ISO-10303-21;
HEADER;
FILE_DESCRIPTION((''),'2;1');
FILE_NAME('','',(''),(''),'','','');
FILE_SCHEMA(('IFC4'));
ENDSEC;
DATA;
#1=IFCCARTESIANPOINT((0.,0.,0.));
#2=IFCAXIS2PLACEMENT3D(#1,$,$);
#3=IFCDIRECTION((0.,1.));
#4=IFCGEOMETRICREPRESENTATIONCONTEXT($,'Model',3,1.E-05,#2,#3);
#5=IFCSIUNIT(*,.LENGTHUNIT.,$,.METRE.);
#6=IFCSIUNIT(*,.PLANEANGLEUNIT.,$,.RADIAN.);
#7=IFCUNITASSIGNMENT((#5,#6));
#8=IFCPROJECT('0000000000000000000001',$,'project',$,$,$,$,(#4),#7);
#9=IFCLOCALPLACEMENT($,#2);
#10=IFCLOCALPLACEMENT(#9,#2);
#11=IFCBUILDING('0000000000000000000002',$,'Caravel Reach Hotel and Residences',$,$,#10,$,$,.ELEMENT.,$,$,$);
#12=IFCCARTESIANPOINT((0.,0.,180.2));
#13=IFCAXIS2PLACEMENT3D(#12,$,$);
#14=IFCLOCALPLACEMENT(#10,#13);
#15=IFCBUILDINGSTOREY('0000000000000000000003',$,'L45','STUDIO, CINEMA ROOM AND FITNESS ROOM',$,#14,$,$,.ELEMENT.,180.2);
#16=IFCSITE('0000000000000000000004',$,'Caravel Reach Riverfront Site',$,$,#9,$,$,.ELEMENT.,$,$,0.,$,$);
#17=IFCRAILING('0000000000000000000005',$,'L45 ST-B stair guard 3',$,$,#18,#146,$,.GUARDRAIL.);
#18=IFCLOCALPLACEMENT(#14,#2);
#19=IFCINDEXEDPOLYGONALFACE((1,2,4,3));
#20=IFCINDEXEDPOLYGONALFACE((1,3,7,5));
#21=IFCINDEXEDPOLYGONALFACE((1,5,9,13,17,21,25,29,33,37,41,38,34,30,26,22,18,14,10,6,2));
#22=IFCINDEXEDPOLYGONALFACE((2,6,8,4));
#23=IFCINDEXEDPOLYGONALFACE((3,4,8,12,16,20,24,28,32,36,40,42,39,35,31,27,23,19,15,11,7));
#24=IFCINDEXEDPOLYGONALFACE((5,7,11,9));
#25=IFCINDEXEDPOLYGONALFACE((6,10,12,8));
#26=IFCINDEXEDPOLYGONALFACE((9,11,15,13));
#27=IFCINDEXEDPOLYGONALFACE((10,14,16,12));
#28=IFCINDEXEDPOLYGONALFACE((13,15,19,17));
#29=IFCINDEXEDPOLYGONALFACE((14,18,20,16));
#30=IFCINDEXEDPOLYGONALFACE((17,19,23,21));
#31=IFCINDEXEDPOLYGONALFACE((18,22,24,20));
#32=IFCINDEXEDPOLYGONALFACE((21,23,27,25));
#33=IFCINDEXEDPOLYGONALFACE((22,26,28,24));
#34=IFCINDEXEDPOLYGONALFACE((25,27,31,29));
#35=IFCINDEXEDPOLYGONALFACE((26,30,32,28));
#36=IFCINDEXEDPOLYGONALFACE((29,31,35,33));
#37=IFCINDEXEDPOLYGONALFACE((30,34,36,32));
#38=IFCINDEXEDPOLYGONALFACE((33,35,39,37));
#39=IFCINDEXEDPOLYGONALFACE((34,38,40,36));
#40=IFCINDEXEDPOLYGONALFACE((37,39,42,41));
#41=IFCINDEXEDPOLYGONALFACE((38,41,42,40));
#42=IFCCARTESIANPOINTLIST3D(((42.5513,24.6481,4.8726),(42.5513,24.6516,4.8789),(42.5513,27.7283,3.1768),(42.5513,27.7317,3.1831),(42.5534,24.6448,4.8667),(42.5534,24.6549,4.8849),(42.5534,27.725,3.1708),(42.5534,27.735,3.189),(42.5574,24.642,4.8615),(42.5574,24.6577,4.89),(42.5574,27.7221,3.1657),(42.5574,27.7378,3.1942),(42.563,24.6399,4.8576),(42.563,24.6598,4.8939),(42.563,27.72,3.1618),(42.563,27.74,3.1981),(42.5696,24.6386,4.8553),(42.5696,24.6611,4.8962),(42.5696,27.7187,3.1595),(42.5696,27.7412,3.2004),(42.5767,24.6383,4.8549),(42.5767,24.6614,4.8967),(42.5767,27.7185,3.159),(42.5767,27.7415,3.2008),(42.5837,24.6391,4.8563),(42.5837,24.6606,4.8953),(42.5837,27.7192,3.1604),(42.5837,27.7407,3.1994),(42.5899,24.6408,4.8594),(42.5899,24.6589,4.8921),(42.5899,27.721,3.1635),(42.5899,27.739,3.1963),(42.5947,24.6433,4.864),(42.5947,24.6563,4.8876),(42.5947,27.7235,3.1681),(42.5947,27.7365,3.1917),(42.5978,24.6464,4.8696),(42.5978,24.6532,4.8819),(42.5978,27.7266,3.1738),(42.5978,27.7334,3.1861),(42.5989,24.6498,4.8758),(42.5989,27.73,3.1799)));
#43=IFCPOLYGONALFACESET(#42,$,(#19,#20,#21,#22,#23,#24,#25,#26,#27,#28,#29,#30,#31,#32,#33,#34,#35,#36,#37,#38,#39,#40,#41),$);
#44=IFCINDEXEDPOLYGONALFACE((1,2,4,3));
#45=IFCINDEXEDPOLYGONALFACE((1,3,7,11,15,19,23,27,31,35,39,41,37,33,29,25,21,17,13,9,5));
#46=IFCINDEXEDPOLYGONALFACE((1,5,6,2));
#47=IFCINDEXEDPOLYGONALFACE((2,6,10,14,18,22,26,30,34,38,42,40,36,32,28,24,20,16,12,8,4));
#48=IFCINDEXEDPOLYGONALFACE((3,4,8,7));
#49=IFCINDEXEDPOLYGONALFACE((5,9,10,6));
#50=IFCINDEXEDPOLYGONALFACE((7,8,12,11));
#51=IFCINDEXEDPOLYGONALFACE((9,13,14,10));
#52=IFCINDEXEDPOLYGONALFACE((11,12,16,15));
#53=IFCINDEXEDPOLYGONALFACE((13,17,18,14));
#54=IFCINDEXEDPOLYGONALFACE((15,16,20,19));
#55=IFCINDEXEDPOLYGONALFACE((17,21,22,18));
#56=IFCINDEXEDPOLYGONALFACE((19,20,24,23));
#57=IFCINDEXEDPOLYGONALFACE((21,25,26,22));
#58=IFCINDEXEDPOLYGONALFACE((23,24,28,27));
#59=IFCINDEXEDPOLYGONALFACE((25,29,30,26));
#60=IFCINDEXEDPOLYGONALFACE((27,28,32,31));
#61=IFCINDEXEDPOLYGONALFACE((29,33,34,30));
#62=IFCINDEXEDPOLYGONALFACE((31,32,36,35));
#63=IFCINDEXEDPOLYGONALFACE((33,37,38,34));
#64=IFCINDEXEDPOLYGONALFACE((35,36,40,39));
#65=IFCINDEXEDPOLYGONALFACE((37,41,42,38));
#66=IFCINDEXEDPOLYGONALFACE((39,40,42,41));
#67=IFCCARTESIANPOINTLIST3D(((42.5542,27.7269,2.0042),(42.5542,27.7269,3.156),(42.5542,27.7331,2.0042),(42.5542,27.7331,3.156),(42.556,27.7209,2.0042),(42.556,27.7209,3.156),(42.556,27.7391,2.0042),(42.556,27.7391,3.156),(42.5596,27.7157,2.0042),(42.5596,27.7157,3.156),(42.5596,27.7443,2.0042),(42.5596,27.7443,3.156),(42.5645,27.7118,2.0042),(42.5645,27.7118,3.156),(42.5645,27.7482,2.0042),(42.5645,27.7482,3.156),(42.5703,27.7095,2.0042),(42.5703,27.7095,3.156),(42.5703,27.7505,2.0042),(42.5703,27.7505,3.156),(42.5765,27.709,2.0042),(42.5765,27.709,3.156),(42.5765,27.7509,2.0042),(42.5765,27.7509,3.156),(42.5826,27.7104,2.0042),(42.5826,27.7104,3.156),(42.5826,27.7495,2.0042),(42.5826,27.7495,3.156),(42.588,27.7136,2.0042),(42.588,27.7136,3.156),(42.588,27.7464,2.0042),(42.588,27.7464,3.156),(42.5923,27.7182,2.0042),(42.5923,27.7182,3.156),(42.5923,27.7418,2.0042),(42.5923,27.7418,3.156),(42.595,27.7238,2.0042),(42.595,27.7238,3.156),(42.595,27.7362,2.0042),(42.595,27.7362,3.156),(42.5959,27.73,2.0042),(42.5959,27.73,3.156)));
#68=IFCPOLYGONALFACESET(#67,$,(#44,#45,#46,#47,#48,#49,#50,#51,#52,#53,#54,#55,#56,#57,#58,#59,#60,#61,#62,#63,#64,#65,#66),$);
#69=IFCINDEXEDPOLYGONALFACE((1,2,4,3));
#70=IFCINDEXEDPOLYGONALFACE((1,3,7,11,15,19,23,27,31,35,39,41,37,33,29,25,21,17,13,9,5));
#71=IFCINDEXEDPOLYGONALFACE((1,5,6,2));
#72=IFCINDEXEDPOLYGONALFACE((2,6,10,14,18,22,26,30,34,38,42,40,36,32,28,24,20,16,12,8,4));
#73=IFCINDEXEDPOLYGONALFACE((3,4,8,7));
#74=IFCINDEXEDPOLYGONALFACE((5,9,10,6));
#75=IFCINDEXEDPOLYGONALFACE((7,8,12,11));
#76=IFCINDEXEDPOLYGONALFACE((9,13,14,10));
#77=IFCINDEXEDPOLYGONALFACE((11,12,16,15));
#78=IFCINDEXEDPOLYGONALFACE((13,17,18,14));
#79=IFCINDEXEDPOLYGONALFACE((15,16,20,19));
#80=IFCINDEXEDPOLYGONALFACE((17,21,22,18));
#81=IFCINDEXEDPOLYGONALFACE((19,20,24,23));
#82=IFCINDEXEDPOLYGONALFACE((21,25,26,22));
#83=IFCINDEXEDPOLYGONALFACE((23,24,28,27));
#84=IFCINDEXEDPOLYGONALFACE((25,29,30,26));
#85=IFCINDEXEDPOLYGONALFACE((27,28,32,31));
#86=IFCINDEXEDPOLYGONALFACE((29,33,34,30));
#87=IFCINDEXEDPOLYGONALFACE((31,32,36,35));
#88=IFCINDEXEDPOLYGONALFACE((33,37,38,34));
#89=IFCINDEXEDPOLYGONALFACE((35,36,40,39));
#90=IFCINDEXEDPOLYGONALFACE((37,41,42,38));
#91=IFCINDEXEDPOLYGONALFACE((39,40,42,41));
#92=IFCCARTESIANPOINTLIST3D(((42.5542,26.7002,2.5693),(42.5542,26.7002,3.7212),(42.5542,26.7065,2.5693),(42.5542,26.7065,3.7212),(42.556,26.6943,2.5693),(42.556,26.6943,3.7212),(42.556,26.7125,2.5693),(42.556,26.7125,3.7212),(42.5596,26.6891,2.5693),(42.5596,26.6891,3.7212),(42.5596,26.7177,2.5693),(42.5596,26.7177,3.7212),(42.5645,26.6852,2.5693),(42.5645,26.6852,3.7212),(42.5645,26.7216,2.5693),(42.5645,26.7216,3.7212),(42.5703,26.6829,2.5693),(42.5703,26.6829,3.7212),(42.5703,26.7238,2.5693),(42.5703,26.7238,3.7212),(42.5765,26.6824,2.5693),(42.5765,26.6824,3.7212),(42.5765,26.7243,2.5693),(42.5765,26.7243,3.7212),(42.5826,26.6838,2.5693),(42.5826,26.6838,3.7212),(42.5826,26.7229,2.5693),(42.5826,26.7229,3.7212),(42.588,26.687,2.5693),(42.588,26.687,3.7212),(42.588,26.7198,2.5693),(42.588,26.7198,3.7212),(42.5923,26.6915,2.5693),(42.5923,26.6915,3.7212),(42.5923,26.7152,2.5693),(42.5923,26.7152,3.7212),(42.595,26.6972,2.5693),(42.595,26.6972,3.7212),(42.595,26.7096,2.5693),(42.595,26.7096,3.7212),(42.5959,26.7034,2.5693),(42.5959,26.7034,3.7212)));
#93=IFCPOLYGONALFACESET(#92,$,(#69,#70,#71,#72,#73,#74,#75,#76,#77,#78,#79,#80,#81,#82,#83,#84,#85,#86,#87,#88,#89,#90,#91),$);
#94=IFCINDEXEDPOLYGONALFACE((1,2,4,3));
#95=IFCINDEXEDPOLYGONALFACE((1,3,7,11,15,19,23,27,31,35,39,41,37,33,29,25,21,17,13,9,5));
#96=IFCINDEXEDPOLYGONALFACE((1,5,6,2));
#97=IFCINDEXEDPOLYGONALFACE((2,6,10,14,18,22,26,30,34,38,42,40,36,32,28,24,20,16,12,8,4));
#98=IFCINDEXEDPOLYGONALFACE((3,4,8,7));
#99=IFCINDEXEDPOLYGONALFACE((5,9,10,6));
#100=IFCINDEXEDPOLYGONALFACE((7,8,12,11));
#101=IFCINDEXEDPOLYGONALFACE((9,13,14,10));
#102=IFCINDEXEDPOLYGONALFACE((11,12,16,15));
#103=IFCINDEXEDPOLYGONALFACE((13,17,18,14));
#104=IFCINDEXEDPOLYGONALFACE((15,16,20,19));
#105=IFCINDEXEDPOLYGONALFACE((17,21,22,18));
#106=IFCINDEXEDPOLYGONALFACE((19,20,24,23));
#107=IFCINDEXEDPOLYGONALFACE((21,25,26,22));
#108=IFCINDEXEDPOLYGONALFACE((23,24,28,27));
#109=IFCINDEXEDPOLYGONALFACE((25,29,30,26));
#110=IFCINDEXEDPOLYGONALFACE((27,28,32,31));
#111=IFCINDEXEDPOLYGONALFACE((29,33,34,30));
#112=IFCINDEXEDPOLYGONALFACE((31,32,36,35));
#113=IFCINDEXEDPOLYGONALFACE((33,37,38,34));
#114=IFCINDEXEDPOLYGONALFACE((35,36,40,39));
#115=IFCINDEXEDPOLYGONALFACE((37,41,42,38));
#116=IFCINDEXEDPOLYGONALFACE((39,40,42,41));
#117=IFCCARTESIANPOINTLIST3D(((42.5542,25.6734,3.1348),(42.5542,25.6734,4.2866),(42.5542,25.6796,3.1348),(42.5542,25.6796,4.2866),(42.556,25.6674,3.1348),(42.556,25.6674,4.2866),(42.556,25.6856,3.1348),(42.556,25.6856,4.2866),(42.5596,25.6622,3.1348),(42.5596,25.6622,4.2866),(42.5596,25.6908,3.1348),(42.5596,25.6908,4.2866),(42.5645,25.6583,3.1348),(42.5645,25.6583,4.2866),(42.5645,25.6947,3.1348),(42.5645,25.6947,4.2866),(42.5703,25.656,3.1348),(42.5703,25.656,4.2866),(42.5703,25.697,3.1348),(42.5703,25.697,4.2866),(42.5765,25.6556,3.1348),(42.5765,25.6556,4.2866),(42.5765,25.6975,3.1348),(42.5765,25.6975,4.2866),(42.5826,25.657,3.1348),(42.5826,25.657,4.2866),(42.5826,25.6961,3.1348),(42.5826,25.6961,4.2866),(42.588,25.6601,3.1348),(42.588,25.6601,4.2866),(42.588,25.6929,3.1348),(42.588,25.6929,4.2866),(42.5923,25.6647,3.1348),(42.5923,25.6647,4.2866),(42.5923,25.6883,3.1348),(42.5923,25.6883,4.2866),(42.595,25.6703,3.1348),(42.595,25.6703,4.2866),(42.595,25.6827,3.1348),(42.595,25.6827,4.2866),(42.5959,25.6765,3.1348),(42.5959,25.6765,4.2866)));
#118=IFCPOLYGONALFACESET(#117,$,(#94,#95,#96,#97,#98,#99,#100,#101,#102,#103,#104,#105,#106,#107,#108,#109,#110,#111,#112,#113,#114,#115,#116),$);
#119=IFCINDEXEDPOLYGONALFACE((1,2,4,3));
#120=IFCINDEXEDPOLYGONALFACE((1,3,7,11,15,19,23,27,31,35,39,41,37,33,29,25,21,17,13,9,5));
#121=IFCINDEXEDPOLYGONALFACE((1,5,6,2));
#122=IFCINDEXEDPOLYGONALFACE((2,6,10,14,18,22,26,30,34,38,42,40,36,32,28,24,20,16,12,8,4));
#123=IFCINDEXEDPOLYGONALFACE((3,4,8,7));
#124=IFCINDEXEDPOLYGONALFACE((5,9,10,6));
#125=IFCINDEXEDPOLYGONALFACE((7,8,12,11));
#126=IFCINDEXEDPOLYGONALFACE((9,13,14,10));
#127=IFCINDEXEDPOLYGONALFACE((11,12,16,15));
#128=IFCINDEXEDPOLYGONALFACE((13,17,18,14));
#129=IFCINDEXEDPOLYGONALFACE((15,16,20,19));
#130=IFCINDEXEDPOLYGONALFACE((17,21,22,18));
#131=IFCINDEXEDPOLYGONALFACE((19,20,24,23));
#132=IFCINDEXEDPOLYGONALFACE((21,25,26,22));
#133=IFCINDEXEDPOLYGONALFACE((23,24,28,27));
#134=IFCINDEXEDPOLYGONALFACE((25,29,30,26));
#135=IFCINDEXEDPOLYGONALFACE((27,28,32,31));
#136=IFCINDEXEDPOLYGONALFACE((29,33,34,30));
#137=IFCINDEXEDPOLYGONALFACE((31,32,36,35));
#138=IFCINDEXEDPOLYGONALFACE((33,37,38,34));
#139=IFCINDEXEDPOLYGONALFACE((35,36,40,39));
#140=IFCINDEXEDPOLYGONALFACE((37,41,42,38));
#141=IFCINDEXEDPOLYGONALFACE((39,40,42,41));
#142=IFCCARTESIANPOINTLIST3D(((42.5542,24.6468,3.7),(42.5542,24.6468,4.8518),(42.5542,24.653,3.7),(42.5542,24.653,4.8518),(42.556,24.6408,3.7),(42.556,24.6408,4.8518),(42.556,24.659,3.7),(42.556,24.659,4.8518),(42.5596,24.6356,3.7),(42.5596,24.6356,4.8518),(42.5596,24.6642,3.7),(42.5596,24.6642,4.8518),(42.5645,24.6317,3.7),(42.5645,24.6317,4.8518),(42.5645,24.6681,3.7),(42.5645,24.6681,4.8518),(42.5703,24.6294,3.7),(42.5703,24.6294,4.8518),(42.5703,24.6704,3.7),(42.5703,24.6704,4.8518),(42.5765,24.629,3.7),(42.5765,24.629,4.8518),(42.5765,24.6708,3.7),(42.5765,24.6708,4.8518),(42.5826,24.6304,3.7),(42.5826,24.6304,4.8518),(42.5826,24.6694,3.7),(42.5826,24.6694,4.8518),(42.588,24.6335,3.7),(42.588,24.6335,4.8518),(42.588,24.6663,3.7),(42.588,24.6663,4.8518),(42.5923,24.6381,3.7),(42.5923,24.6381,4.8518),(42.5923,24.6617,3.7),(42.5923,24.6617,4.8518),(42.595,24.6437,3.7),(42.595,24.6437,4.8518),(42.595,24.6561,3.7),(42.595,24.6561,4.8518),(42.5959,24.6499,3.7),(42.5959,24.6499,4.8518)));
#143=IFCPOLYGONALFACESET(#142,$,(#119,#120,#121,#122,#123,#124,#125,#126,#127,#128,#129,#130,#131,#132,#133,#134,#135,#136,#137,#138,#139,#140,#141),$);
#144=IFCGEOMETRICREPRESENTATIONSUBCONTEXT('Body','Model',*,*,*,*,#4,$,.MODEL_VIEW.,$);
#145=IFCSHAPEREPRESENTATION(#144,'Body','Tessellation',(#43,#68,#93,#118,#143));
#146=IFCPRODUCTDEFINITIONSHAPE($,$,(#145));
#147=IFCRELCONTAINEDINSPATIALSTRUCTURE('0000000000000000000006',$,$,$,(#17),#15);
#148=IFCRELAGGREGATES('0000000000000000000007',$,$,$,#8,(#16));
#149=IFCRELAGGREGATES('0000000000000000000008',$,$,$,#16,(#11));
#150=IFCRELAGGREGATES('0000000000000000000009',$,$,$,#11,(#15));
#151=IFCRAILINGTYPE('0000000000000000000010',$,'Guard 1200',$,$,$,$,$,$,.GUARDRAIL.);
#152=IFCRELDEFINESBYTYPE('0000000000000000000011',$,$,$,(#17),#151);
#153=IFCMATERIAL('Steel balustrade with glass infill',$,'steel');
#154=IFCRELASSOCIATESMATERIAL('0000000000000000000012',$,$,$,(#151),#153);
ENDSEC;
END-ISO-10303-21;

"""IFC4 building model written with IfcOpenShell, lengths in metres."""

from ifc_helpers import new_model, si_unit, direction, frame, origin, origin_2d, place, context, subcontext, project, spatial, circle, extrude, material, type_object, element, save


model = new_model("IFC4")

# Units and contexts
model_context = context("Model", 3, precision=1e-05, world=origin(), true_north=direction((0.0, 1.0)))
body_context = subcontext(model_context, "Body", "Model", "MODEL_VIEW")
ifc_project = project(units=[si_unit("LENGTHUNIT", "METRE"), si_unit("PLANEANGLEUNIT", "RADIAN")], contexts=[model_context])

# Site, building, storey
site_placement = place(None, origin())
site = spatial("IfcSite", under=ifc_project, at=site_placement, Name="Caravel Reach Riverfront Site", CompositionType="ELEMENT", RefElevation=0.0)
building_placement = place(site_placement, origin())
building = spatial("IfcBuilding", under=site, at=building_placement, Name="Caravel Reach Hotel and Residences", CompositionType="ELEMENT")
storey_placement = place(building_placement, frame((0.0, 0.0, 180.2)))
storey = spatial("IfcBuildingStorey", under=building, at=storey_placement, Name="L45", Description="STUDIO, CINEMA ROOM AND FITNESS ROOM", CompositionType="ELEMENT", Elevation=180.2)

# Railing
ifc_material_1 = material(Name="Steel balustrade with glass infill", Category="steel")
railing_type_1 = type_object("IfcRailingType", Name="Guard 1200", PredefinedType="GUARDRAIL", material=ifc_material_1)
railing_1_placement = place(storey_placement, frame((42.575, 27.73, 2.0042)))
element("IfcRailing", 1, at=railing_1_placement, inside=storey, type_object=railing_type_1, Name="L45 ST-B stair guard 3", PredefinedType="GUARDRAIL", context=body_context, shape_type="SweptSolid", body=[
    extrude(circle(Radius=0.0239, at=origin_2d()), frame((0.0, 0.0, 1.1758), z_axis=(0.0, -0.876005, 0.482303), x_axis=(1.0, 0.0, 0.0)), (0.0, 0.0, 1.0), 3.5161),
    extrude(circle(Radius=0.021, at=origin_2d()), origin(), (0.0, 0.0, 1.0), 1.1519),
    extrude(circle(Radius=0.021, at=origin_2d()), frame((0.0, -1.0266, 0.5652)), (0.0, 0.0, 1.0), 1.1519),
    extrude(circle(Radius=0.021, at=origin_2d()), frame((0.0, -2.0535, 1.1306)), (0.0, 0.0, 1.0), 1.1519),
    extrude(circle(Radius=0.021, at=origin_2d()), frame((0.0, -3.0801, 1.6958)), (0.0, 0.0, 1.0), 1.1519),
])

save(model, "model.ifc")
